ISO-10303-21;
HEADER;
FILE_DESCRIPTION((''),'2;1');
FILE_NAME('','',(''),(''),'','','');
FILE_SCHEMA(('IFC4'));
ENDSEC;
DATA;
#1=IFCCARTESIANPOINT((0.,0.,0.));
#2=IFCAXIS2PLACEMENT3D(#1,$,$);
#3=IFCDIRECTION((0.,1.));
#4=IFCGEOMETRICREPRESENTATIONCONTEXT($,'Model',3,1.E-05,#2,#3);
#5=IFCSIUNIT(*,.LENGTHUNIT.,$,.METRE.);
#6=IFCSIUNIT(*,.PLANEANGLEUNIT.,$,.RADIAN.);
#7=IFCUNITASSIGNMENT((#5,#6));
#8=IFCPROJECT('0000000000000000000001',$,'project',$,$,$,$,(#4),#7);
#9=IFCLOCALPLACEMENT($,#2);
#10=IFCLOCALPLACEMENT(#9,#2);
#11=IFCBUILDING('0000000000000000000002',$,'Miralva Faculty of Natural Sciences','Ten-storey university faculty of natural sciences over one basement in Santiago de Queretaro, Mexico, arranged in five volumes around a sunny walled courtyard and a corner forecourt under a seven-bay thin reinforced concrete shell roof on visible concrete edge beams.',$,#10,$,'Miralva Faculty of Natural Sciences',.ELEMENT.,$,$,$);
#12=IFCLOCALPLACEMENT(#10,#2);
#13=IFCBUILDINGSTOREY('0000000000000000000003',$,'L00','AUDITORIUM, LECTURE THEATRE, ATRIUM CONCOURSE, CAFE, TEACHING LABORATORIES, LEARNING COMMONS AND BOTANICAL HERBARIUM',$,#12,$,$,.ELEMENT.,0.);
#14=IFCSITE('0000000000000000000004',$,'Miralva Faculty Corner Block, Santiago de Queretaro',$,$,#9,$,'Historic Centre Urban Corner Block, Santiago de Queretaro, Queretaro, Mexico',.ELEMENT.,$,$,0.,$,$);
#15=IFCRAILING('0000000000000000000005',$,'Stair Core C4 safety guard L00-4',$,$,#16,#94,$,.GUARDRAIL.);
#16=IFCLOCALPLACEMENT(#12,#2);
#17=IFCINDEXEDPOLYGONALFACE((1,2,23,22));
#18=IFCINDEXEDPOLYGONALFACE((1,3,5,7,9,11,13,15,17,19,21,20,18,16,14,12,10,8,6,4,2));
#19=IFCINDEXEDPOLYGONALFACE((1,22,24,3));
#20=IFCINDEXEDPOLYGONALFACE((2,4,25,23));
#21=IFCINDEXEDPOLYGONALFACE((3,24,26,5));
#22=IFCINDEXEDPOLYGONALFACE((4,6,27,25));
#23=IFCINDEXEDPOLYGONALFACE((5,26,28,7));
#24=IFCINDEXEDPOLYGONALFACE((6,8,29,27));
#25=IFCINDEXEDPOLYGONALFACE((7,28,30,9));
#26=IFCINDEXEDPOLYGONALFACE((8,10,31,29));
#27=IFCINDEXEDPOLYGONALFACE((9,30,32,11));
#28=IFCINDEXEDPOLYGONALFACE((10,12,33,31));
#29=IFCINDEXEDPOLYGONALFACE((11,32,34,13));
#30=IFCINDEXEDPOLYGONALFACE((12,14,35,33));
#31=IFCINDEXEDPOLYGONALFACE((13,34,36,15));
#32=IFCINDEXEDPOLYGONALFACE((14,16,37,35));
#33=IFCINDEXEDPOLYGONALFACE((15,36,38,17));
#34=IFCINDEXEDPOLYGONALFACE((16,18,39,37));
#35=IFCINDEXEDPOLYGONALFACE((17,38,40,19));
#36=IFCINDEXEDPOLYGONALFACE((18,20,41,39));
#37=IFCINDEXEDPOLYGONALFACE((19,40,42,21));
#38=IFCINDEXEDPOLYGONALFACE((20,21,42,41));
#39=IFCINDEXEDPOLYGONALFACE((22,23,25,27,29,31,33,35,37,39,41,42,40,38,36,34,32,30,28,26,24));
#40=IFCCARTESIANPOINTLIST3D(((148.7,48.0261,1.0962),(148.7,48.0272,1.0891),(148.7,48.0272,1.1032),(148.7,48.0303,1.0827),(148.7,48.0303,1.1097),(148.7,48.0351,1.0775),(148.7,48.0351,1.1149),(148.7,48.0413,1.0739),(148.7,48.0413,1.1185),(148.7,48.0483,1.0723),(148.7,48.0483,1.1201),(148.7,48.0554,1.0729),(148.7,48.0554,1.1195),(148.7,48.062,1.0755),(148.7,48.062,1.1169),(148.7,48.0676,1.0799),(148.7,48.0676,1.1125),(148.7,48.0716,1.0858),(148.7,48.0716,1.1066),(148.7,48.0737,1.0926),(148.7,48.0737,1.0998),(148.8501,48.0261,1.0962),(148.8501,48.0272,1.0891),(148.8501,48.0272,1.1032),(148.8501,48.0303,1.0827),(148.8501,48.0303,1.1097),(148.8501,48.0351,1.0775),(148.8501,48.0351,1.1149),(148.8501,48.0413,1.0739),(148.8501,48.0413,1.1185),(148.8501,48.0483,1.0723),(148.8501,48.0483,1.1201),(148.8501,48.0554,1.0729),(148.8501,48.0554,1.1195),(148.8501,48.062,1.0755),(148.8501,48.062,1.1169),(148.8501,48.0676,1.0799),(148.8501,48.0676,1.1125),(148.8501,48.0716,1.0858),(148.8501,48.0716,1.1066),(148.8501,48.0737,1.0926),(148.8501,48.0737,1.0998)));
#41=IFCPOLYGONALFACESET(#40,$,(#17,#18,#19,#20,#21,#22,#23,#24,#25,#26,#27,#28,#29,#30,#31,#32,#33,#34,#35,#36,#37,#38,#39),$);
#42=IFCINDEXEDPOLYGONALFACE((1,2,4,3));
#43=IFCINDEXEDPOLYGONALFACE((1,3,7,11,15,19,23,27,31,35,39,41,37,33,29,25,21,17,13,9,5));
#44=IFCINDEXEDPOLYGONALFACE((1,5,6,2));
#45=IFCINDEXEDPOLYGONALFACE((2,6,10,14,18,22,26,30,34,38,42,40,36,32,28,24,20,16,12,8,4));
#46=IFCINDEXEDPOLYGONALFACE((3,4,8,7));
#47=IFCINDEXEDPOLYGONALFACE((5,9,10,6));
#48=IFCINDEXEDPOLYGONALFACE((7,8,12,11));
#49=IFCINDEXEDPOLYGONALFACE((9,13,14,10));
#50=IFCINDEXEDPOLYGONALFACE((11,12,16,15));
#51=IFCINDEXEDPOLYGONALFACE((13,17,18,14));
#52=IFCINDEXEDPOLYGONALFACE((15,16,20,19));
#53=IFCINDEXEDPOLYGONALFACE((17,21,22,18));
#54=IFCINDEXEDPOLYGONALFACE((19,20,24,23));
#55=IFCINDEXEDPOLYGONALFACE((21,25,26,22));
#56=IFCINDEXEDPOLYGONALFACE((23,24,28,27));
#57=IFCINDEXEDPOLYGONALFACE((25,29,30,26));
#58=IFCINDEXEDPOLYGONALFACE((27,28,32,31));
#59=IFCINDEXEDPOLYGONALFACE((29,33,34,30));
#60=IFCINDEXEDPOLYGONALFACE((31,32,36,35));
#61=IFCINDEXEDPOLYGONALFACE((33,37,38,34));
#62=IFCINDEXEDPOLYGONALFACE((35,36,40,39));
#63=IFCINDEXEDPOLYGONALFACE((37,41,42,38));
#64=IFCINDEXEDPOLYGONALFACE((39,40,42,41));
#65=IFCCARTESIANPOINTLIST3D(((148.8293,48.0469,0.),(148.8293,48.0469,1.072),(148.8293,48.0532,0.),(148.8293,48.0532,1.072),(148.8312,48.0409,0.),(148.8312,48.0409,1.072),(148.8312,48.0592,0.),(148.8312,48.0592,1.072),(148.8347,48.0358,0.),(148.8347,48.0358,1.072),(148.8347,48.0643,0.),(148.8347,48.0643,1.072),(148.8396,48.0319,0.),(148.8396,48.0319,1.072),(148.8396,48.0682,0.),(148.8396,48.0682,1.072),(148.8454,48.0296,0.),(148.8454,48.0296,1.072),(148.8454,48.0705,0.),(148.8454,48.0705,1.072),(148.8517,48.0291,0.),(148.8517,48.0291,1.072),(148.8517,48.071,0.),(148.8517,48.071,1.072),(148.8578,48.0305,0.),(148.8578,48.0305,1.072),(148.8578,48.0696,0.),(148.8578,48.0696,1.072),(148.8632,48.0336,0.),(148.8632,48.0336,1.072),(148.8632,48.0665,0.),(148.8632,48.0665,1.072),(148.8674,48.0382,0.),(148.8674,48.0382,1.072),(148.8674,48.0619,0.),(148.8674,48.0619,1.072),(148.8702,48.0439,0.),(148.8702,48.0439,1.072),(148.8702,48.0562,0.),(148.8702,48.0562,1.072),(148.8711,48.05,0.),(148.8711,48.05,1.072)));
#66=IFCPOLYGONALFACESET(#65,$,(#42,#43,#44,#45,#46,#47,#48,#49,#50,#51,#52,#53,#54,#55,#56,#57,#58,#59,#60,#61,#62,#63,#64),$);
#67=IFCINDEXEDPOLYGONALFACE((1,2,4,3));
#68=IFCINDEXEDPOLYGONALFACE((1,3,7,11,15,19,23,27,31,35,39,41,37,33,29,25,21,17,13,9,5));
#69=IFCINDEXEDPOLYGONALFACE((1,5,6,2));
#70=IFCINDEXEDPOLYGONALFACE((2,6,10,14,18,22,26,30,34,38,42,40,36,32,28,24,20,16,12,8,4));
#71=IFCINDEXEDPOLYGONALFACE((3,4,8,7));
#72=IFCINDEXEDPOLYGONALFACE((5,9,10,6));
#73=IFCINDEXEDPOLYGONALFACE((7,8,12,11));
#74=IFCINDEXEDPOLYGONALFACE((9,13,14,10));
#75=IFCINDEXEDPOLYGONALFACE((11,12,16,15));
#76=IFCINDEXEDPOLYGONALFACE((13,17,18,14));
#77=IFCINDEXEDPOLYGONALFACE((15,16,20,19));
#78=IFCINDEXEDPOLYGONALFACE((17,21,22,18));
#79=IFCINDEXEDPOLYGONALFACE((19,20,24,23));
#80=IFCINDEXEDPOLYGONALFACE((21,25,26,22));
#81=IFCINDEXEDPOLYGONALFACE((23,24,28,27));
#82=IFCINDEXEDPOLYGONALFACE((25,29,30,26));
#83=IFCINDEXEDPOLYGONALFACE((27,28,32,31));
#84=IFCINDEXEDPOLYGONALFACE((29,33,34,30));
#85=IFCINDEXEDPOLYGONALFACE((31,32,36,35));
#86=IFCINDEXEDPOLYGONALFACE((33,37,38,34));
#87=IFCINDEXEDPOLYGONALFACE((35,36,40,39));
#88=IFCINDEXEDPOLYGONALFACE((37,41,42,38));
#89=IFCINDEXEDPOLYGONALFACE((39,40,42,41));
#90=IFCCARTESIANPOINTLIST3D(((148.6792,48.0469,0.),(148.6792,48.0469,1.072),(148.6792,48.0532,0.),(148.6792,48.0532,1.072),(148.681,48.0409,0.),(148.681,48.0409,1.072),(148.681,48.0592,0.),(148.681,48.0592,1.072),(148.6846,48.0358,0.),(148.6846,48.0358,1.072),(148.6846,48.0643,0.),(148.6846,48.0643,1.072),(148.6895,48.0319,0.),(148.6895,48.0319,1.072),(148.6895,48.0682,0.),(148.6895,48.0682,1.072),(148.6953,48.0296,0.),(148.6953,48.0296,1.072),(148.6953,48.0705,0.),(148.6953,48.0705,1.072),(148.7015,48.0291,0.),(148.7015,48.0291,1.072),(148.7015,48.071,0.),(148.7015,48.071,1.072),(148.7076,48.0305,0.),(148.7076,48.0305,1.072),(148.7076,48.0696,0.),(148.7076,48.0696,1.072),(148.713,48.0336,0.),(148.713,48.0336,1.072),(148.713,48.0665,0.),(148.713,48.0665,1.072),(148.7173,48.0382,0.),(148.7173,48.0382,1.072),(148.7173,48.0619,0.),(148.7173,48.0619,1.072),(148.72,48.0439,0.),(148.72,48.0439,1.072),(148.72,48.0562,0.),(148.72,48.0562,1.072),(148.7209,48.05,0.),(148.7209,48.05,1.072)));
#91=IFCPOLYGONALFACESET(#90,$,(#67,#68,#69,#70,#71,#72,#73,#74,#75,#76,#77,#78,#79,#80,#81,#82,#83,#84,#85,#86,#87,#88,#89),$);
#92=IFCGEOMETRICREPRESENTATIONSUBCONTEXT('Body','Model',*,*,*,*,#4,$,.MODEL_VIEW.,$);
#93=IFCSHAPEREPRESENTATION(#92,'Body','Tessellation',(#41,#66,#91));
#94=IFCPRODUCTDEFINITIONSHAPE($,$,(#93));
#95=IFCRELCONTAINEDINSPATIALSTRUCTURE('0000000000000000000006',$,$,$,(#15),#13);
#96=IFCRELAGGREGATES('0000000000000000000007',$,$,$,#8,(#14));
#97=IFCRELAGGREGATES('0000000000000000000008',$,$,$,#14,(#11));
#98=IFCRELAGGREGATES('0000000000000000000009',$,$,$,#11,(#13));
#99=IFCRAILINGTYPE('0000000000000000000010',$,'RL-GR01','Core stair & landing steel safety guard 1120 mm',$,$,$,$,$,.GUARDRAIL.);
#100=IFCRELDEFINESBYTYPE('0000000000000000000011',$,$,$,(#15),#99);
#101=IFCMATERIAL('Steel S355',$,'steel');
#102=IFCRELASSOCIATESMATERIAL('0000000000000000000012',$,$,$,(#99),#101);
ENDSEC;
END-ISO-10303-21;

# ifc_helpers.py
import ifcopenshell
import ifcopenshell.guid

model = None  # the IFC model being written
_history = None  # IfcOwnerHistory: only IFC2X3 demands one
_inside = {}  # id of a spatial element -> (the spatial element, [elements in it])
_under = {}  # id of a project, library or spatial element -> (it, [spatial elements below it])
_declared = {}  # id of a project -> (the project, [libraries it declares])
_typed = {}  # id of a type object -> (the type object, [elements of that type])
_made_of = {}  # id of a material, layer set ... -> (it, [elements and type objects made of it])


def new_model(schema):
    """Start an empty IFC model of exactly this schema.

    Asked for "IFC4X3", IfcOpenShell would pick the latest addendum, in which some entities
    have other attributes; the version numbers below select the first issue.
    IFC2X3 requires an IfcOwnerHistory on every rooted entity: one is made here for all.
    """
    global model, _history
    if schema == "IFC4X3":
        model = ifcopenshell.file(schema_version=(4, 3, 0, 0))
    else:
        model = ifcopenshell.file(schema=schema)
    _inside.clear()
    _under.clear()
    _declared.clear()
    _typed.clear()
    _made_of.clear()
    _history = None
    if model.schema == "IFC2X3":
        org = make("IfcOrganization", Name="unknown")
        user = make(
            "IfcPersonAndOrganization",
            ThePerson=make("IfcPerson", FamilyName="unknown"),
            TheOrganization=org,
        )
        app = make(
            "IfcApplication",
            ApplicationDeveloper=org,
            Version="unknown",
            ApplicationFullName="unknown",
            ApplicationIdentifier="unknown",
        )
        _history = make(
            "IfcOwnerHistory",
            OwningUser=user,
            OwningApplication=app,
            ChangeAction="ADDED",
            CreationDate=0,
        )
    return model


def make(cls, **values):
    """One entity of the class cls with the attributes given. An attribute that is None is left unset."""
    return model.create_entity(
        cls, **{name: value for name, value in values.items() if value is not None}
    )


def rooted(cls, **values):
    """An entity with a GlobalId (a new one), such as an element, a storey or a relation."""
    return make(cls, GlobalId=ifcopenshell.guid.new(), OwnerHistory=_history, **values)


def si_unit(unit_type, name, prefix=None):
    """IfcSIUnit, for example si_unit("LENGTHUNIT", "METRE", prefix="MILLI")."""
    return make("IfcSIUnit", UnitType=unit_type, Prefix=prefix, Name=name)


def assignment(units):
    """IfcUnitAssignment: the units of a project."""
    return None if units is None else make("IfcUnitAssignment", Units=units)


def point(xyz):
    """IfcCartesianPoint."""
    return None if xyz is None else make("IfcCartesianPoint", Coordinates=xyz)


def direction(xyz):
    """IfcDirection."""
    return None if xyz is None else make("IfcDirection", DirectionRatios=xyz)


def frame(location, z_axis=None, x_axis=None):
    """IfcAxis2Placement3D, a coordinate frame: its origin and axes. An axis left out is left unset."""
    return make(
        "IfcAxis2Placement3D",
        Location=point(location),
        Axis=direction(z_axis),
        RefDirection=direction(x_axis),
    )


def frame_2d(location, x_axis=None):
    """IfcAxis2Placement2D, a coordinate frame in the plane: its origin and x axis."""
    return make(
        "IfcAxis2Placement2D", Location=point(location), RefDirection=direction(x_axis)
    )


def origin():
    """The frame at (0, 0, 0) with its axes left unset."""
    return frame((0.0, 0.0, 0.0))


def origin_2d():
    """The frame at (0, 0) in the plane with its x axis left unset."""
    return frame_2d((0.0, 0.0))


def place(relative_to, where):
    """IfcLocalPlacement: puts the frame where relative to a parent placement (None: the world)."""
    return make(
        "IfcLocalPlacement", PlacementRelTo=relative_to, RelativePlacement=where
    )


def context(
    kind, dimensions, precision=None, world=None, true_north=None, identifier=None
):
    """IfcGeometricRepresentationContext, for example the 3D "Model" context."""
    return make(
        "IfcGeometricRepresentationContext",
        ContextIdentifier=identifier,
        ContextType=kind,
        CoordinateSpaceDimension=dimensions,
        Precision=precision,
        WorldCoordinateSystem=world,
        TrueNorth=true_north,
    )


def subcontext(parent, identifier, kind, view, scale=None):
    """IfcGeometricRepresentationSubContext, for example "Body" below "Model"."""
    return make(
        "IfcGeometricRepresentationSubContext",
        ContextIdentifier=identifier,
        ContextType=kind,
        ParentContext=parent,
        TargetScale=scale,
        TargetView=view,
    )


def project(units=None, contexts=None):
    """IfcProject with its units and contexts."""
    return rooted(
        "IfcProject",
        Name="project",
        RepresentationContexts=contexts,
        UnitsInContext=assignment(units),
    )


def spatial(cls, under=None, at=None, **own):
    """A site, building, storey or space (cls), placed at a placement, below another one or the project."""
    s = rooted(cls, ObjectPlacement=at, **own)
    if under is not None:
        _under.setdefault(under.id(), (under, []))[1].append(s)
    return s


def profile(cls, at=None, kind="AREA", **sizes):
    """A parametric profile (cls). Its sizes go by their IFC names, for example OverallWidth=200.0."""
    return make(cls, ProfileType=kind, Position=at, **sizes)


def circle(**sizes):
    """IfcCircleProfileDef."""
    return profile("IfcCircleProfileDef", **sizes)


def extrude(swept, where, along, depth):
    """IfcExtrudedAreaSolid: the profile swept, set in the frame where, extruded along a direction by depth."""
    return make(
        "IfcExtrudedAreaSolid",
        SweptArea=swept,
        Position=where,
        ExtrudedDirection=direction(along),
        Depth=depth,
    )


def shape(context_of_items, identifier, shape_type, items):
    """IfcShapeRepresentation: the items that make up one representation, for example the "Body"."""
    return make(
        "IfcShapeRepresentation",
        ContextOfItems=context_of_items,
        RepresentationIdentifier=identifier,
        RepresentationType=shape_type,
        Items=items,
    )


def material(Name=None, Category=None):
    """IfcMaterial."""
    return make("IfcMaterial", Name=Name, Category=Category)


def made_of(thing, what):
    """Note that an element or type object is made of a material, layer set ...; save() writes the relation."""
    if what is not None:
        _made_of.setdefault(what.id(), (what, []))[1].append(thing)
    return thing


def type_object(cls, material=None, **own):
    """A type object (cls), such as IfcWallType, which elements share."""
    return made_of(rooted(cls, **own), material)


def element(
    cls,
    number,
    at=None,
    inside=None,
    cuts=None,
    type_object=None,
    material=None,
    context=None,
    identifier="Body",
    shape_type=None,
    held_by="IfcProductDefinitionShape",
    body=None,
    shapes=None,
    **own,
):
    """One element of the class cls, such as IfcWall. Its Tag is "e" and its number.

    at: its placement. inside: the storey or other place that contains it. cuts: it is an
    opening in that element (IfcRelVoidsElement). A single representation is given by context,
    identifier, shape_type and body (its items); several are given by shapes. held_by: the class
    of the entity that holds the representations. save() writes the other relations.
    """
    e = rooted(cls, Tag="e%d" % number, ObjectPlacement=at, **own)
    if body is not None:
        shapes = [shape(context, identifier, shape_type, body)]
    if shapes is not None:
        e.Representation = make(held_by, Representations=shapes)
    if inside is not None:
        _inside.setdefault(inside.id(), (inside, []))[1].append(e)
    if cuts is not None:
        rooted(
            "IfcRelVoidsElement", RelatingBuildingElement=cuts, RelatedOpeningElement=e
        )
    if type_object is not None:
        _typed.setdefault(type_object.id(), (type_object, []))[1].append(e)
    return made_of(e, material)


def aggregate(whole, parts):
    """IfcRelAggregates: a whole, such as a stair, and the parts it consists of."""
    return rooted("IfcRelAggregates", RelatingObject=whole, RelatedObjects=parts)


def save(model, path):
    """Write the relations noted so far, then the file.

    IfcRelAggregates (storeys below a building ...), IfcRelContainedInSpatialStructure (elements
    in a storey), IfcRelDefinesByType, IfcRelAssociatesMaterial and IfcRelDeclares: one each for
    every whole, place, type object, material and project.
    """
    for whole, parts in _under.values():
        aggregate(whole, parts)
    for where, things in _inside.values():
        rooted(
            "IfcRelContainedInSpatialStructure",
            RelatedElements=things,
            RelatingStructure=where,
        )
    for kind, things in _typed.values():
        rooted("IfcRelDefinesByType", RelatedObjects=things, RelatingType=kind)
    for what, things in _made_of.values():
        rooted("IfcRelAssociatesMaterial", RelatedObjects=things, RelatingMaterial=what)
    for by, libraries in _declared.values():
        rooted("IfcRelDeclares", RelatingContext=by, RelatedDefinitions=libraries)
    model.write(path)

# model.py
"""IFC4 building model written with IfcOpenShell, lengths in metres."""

from ifc_helpers import new_model, si_unit, direction, frame, origin, origin_2d, place, context, subcontext, project, spatial, circle, extrude, material, type_object, element, save


model = new_model("IFC4")

# Units and contexts
model_context = context("Model", 3, precision=1e-05, world=origin(), true_north=direction((0.0, 1.0)))
body_context = subcontext(model_context, "Body", "Model", "MODEL_VIEW")
ifc_project = project(units=[si_unit("LENGTHUNIT", "METRE"), si_unit("PLANEANGLEUNIT", "RADIAN")], contexts=[model_context])

# Site, building, storey
site_placement = place(None, origin())
site = spatial("IfcSite", under=ifc_project, at=site_placement, Name="Miralva Faculty Corner Block, Santiago de Queretaro", LongName="Historic Centre Urban Corner Block, Santiago de Queretaro, Queretaro, Mexico", CompositionType="ELEMENT", RefElevation=0.0)
building_placement = place(site_placement, origin())
building = spatial("IfcBuilding", under=site, at=building_placement, Name="Miralva Faculty of Natural Sciences", Description="Ten-storey university faculty of natural sciences over one basement in Santiago de Queretaro, Mexico, arranged in five volumes around a sunny walled courtyard and a corner forecourt under a seven-bay thin reinforced concrete shell roof on visible concrete edge beams.", LongName="Miralva Faculty of Natural Sciences", CompositionType="ELEMENT")
storey_placement = place(building_placement, origin())
storey = spatial("IfcBuildingStorey", under=building, at=storey_placement, Name="L00", Description="AUDITORIUM, LECTURE THEATRE, ATRIUM CONCOURSE, CAFE, TEACHING LABORATORIES, LEARNING COMMONS AND BOTANICAL HERBARIUM", CompositionType="ELEMENT", Elevation=0.0)

# Railing
ifc_material_1 = material(Name="Steel S355", Category="steel")
railing_type_1 = type_object("IfcRailingType", Name="RL-GR01", Description="Core stair & landing steel safety guard 1120 mm", PredefinedType="GUARDRAIL", material=ifc_material_1)
railing_1_placement = place(storey_placement, frame((148.8501, 48.05, 0.0)))
element("IfcRailing", 1, at=railing_1_placement, inside=storey, type_object=railing_type_1, Name="Stair Core C4 safety guard L00-4", PredefinedType="GUARDRAIL", context=body_context, shape_type="SweptSolid", body=[
    extrude(circle(Radius=0.0239, at=origin_2d()), frame((0.0, 0.0, 1.0962), z_axis=(-1.0, 0.0, 0.0), x_axis=(0.0, -1.0, 0.0)), (0.0, 0.0, 1.0), 0.1501),
    extrude(circle(Radius=0.021, at=origin_2d()), origin(), (0.0, 0.0, 1.0), 1.072),
    extrude(circle(Radius=0.021, at=origin_2d()), frame((-0.1501, 0.0, 0.0)), (0.0, 0.0, 1.0), 1.072),
])

save(model, "model.ifc")
